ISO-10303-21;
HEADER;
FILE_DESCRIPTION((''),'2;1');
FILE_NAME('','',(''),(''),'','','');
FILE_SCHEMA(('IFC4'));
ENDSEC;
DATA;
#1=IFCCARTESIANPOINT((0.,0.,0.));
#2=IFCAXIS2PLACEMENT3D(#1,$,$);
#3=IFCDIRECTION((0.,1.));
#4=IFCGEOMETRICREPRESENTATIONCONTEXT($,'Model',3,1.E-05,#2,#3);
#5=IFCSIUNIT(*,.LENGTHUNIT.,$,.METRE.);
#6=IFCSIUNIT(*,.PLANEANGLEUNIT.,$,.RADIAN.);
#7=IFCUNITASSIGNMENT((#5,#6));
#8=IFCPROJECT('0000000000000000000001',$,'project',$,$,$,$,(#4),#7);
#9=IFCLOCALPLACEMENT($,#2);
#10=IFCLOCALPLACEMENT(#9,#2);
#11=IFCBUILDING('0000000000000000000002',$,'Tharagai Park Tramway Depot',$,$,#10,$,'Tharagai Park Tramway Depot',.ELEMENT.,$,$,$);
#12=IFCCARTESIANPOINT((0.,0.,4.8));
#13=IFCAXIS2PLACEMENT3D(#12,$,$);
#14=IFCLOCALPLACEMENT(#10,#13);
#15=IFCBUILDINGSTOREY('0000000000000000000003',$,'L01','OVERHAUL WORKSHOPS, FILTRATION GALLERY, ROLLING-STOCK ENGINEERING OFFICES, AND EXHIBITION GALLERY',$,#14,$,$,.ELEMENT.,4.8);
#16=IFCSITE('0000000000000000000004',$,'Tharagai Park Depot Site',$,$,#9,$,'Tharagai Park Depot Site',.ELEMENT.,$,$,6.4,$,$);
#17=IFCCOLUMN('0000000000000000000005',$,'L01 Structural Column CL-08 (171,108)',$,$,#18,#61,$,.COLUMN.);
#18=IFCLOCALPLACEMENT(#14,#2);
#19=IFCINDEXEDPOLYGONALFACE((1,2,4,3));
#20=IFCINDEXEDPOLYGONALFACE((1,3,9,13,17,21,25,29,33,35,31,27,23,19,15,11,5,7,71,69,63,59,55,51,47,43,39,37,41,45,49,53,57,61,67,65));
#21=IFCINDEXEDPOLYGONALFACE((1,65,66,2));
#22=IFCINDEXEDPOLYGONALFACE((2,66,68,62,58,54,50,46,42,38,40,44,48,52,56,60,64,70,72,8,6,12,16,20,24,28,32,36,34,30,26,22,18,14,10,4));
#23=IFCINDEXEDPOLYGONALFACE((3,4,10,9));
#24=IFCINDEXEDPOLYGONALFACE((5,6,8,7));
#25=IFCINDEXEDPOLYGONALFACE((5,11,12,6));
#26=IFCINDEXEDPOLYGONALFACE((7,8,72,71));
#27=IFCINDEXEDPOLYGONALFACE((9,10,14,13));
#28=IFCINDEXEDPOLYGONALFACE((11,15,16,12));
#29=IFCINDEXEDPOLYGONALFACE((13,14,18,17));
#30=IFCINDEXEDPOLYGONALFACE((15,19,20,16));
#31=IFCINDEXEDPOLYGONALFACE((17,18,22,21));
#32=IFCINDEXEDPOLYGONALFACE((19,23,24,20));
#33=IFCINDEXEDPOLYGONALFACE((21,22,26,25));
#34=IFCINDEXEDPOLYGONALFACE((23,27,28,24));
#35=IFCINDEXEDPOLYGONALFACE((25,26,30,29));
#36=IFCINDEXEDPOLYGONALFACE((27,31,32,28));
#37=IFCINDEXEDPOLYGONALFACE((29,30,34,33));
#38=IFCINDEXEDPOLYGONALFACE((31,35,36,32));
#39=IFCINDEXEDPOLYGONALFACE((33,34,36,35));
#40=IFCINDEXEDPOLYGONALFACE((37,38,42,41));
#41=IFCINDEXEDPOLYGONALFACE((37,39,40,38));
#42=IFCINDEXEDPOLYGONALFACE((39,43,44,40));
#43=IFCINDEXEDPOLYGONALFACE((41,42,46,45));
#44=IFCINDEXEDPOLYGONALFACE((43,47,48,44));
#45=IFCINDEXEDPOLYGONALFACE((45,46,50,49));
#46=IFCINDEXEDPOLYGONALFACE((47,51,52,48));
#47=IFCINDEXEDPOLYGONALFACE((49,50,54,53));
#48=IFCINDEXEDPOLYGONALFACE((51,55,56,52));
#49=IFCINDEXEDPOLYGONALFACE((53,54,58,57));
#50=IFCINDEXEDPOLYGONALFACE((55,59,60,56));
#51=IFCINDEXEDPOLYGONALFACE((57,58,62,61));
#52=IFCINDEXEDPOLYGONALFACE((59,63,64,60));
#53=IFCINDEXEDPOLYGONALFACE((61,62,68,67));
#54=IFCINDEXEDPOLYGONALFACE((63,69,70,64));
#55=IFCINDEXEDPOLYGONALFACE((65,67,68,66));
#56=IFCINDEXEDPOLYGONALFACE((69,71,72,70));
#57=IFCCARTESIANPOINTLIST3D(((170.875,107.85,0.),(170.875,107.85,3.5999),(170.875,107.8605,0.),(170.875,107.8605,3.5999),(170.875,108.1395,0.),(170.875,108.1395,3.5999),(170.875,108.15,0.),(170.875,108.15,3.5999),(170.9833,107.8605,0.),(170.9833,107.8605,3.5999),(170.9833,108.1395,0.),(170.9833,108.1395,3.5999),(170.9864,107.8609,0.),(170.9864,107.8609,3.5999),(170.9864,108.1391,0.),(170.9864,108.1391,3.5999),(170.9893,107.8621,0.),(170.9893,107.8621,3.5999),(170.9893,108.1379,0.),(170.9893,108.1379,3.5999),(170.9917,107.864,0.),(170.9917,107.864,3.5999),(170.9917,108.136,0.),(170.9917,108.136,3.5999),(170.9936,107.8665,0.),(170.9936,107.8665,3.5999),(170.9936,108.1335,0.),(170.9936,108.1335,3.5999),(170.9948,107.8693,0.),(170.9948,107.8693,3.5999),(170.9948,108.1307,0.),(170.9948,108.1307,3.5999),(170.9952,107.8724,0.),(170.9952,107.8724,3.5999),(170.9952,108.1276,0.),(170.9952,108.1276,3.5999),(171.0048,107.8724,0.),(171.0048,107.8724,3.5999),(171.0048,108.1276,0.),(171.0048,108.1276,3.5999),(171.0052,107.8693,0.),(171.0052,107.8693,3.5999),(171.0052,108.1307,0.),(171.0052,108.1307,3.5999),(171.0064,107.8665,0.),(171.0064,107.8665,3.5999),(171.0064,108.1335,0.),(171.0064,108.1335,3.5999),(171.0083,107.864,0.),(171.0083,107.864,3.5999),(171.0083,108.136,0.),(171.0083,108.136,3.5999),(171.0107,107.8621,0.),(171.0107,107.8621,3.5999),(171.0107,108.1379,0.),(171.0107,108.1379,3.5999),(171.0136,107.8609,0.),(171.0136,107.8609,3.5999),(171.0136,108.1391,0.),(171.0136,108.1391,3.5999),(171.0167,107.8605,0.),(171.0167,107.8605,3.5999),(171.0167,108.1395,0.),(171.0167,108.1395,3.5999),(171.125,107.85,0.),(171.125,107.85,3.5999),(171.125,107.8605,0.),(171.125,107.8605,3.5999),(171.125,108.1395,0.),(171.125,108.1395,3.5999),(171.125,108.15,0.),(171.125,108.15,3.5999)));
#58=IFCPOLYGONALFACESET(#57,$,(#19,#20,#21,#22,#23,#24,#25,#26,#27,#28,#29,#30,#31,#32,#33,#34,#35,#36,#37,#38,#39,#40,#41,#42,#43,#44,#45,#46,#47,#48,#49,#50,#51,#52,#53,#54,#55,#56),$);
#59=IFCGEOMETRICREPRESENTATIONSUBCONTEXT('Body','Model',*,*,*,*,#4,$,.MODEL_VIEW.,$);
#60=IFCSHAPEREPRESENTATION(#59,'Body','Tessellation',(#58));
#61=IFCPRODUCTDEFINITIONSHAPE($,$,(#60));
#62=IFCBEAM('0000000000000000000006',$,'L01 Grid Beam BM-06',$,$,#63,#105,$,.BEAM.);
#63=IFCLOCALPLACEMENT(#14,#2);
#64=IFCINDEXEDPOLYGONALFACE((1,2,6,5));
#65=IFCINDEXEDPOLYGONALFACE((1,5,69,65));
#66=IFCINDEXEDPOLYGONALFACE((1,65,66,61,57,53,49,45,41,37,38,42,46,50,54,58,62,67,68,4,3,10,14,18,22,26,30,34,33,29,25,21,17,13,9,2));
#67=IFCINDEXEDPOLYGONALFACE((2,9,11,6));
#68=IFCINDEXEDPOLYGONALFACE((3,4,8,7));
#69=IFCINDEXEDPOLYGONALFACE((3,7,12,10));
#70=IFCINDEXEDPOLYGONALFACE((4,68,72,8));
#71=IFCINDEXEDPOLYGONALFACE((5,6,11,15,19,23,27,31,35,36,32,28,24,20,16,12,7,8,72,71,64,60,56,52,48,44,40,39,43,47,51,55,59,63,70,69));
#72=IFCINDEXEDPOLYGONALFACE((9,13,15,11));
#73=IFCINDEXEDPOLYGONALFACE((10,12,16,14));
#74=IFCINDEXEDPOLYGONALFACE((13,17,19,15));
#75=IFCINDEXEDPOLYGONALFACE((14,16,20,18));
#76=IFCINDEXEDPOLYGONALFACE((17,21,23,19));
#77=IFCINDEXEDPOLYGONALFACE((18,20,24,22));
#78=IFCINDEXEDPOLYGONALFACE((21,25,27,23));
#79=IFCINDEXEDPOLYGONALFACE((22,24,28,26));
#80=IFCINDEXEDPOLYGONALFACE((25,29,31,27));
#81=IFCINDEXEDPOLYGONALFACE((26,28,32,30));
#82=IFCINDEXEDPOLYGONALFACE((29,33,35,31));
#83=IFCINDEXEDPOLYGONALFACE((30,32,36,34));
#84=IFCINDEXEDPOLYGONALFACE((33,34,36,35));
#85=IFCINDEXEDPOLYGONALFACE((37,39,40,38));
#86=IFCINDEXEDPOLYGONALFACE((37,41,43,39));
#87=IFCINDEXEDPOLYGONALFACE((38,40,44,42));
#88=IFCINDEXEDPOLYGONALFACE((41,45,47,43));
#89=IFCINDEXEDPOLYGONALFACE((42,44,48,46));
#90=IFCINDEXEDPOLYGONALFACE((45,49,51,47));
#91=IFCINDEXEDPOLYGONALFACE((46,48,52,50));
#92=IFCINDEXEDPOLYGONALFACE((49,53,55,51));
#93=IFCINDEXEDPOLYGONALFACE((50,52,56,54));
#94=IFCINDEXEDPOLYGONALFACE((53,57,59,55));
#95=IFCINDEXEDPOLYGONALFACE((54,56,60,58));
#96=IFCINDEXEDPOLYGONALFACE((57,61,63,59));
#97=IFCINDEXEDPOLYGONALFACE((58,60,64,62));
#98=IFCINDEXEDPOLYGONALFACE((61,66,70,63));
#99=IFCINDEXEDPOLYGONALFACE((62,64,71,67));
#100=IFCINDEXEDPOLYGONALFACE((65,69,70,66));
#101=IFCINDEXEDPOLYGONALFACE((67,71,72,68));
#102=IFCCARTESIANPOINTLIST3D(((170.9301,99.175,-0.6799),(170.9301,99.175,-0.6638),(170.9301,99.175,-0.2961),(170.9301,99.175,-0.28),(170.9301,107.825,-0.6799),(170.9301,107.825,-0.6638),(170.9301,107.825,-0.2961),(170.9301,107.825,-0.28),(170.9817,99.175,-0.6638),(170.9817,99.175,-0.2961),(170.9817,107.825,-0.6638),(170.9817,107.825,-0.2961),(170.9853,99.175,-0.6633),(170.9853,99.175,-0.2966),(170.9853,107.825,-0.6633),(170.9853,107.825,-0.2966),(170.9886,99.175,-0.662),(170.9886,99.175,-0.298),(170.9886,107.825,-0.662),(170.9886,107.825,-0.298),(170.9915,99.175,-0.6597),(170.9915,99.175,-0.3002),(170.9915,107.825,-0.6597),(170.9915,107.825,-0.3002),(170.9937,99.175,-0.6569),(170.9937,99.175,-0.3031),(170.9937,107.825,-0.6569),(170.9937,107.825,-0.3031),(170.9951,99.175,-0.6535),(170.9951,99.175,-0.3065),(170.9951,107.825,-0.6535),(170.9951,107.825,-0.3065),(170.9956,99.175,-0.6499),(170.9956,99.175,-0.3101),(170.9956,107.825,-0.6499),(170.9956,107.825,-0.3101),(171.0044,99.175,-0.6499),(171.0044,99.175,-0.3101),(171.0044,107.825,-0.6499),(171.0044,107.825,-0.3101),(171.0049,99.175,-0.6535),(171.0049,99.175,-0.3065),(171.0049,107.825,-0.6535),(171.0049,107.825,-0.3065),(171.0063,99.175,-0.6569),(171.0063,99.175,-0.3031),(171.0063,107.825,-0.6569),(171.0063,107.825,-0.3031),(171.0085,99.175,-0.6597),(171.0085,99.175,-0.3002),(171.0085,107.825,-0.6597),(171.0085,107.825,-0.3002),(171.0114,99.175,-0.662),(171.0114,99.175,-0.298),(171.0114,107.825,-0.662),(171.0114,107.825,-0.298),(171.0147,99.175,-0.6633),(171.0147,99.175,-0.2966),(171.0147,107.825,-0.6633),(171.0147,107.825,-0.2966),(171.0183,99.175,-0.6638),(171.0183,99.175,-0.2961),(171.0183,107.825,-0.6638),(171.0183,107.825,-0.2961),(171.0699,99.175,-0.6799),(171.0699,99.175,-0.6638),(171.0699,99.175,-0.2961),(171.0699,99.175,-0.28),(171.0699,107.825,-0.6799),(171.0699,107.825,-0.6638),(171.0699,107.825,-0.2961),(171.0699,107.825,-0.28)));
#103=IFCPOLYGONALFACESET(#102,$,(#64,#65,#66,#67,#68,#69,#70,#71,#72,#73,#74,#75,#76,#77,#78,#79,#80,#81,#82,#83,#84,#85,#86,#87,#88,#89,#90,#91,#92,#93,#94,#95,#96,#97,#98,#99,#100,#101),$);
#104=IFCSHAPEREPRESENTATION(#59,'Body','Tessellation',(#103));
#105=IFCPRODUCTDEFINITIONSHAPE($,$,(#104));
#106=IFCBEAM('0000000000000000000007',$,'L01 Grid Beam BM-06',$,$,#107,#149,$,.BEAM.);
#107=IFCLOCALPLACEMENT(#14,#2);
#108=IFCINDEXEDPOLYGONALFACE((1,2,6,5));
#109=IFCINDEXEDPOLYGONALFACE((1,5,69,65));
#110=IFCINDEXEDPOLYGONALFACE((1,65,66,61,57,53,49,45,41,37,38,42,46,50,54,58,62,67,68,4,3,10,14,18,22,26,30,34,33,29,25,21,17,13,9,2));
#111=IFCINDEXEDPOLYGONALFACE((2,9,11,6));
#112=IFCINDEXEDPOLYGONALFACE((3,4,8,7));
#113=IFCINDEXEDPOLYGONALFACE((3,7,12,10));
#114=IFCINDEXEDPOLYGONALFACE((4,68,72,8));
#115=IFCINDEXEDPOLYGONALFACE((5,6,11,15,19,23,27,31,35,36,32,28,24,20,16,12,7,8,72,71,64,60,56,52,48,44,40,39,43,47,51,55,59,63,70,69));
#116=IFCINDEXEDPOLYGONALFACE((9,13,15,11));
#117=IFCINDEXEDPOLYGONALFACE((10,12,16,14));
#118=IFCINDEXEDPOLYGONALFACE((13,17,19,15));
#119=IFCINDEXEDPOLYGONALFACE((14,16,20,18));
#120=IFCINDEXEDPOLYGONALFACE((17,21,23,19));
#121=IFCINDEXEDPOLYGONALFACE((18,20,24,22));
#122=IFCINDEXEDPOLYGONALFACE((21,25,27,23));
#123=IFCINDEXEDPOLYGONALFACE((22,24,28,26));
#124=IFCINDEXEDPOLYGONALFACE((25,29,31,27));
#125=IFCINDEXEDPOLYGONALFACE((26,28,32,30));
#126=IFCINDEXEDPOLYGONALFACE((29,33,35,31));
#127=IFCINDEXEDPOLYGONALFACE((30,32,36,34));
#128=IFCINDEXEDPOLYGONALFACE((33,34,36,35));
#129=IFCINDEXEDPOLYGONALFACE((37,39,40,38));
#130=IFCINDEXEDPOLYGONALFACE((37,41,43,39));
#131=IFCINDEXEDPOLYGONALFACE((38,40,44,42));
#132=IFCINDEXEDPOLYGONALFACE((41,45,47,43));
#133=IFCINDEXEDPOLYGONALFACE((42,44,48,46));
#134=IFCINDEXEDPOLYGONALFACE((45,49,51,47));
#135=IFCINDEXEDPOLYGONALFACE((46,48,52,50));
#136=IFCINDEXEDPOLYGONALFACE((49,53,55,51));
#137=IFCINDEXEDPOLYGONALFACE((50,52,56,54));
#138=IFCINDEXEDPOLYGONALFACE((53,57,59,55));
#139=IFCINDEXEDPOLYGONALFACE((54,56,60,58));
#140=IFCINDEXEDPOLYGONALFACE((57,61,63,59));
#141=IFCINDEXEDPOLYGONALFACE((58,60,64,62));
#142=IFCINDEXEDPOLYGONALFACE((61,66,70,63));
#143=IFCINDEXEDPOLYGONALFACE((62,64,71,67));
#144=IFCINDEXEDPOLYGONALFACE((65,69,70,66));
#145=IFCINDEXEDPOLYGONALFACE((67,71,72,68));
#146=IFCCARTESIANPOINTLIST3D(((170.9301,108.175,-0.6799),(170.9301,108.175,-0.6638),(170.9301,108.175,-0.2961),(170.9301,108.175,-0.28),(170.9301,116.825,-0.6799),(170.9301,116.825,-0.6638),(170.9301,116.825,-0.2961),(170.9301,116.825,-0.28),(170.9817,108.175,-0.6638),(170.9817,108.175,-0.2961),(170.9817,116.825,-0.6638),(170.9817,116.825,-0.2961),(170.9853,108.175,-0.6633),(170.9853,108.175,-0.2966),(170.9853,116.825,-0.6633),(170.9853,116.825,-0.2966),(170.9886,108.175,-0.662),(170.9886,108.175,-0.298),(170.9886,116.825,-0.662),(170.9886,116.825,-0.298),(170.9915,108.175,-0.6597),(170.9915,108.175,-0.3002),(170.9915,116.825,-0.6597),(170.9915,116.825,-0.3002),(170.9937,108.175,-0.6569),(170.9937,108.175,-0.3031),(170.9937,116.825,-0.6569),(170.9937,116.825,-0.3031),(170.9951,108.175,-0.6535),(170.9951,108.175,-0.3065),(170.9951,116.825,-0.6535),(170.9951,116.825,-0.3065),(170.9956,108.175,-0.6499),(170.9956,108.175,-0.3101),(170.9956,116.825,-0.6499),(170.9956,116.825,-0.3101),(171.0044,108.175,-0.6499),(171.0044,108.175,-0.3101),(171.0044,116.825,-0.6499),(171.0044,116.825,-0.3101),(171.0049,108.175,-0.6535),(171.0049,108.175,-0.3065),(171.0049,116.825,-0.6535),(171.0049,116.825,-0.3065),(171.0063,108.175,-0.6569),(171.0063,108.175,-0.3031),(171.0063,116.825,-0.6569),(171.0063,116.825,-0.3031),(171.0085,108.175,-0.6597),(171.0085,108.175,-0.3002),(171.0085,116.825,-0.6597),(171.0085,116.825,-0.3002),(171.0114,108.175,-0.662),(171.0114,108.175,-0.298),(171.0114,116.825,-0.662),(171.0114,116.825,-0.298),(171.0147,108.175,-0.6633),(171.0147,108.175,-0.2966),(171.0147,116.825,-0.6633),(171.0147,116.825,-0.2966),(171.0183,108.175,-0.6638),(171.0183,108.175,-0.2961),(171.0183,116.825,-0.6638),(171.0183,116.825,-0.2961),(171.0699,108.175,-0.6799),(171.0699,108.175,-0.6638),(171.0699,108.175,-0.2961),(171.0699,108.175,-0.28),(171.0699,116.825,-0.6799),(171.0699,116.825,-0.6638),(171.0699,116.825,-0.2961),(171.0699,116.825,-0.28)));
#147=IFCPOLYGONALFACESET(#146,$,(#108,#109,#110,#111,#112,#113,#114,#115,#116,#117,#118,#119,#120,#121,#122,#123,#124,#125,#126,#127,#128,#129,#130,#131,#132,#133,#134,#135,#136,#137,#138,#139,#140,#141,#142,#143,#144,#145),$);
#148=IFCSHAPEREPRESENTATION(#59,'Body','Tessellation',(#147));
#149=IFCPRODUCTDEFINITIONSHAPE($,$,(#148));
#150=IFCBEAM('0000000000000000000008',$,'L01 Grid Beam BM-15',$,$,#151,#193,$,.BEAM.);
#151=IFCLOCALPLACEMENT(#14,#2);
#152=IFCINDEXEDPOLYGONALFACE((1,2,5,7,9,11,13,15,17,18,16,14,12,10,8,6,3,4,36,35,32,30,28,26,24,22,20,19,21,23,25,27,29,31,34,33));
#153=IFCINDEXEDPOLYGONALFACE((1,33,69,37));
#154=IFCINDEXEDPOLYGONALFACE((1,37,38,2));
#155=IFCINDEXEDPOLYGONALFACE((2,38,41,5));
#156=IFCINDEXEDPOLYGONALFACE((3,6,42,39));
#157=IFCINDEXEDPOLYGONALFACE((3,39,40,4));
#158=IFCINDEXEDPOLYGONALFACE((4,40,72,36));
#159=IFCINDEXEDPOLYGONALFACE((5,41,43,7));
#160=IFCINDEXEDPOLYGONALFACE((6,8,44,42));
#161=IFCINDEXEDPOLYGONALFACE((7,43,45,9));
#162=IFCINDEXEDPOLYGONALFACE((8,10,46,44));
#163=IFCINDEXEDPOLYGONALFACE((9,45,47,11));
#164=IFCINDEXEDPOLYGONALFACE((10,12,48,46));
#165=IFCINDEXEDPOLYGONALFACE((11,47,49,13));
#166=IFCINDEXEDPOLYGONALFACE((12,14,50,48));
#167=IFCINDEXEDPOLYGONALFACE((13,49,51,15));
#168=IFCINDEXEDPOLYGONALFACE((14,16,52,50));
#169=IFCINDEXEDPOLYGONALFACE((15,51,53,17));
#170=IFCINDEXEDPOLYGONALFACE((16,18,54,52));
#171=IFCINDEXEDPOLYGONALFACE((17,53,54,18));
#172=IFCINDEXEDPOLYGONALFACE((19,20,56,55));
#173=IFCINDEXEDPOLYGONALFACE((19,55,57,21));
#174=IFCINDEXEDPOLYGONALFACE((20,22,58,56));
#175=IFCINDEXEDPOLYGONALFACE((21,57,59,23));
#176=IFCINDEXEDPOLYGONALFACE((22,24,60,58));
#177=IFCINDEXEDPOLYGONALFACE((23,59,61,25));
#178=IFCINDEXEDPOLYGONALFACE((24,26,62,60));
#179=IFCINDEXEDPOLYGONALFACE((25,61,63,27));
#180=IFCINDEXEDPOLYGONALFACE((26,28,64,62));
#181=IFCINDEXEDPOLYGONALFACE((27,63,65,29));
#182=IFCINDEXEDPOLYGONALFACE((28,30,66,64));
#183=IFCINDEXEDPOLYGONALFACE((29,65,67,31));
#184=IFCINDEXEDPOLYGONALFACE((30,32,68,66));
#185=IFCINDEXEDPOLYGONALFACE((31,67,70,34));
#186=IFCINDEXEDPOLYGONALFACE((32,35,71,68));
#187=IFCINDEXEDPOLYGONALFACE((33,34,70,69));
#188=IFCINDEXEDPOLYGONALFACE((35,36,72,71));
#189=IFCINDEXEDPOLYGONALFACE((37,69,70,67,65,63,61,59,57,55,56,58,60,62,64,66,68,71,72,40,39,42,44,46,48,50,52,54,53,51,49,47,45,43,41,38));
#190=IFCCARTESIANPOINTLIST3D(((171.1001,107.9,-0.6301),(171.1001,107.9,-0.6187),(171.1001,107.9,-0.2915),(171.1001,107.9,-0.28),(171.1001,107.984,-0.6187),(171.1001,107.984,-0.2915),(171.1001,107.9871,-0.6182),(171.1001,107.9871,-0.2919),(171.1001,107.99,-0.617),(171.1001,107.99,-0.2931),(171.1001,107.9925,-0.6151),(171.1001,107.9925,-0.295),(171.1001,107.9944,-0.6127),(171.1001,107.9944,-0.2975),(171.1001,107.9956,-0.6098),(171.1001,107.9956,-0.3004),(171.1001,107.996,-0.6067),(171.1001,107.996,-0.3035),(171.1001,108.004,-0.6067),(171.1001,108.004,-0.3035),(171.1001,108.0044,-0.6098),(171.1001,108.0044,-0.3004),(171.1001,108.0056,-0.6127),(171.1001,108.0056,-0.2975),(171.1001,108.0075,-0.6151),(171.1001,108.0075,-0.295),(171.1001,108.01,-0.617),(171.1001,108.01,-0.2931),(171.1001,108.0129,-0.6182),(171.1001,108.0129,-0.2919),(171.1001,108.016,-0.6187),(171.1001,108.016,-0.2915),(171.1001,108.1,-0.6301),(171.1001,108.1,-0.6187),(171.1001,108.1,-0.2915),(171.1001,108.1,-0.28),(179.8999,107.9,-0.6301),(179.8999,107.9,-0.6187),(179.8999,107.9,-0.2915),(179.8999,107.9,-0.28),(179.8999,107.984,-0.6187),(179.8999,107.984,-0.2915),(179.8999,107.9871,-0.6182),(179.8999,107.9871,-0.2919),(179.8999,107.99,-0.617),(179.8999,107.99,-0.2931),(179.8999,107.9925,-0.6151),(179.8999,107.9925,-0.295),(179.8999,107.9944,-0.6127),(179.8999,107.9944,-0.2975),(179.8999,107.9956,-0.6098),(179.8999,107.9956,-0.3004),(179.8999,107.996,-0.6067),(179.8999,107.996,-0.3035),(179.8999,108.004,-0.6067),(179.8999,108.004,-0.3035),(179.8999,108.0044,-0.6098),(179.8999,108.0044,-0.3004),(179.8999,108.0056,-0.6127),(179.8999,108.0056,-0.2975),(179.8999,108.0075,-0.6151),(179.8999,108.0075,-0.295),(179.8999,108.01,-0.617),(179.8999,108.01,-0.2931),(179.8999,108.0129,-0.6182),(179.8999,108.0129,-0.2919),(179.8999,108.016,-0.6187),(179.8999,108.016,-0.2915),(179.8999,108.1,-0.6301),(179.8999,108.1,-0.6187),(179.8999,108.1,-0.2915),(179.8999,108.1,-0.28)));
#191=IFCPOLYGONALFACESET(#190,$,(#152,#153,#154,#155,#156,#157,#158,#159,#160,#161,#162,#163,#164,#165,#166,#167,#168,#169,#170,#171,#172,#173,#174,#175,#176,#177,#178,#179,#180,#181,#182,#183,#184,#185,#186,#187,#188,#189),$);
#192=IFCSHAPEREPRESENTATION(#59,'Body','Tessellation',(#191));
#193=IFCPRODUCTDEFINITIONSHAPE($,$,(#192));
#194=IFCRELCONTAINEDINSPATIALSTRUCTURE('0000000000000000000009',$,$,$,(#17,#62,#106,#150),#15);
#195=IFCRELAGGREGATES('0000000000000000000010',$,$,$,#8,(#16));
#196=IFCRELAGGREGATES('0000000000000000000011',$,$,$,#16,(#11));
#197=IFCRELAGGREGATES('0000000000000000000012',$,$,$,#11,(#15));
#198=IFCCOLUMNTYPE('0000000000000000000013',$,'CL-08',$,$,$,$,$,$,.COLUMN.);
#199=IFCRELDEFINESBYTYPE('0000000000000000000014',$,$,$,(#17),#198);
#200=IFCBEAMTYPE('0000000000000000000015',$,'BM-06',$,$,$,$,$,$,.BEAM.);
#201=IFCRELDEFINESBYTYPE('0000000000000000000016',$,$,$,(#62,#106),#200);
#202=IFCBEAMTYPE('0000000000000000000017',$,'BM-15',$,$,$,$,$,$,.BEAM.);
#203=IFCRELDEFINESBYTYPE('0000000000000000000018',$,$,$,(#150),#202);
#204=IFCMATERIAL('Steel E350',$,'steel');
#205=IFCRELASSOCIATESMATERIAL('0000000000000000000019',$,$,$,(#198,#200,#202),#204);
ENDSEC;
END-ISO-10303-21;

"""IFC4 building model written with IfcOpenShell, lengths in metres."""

from ifc_helpers import new_model, si_unit, direction, frame, origin, origin_2d, place, context, subcontext, project, spatial, i_section, extrude, material, material_profile, profile_set, type_object, element, save


model = new_model("IFC4")

# Units and contexts
model_context = context("Model", 3, precision=1e-05, world=origin(), true_north=direction((0.0, 1.0)))
body_context = subcontext(model_context, "Body", "Model", "MODEL_VIEW")
ifc_project = project(units=[si_unit("LENGTHUNIT", "METRE"), si_unit("PLANEANGLEUNIT", "RADIAN")], contexts=[model_context])

# Site, building, storey
site_placement = place(None, origin())
site = spatial("IfcSite", under=ifc_project, at=site_placement, Name="Tharagai Park Depot Site", LongName="Tharagai Park Depot Site", CompositionType="ELEMENT", RefElevation=6.4)
building_placement = place(site_placement, origin())
building = spatial("IfcBuilding", under=site, at=building_placement, Name="Tharagai Park Tramway Depot", LongName="Tharagai Park Tramway Depot", CompositionType="ELEMENT")
storey_placement = place(building_placement, frame((0.0, 0.0, 4.8)))
storey = spatial("IfcBuildingStorey", under=building, at=storey_placement, Name="L01", Description="OVERHAUL WORKSHOPS, FILTRATION GALLERY, ROLLING-STOCK ENGINEERING OFFICES, AND EXHIBITION GALLERY", CompositionType="ELEMENT", Elevation=4.8)

# Column
ifc_material_1 = material(Name="Steel E350", Category="steel")
ifc_material_profile_1 = material_profile(ifc_material_1, i_section(OverallWidth=0.25, OverallDepth=0.3, WebThickness=0.0095, FlangeThickness=0.0105, FilletRadius=0.012, at=origin_2d()), Name="ISHB 300")
ifc_profile_set_1 = profile_set([ifc_material_profile_1], Name="Steel E350")
column_type = type_object("IfcColumnType", Name="CL-08", PredefinedType="COLUMN", material=ifc_profile_set_1)
column_placement = place(storey_placement, frame((171.0, 108.0, 0.0), z_axis=(0.0, 0.0, 1.0), x_axis=(1.0, 0.0, 0.0)))
element("IfcColumn", 1, at=column_placement, inside=storey, type_object=column_type, Name="L01 Structural Column CL-08 (171,108)", PredefinedType="COLUMN", context=body_context, shape_type="SweptSolid", body=[
    extrude(i_section(OverallWidth=0.25, OverallDepth=0.3, WebThickness=0.0095, FlangeThickness=0.0105, FilletRadius=0.012, at=origin_2d()), origin(), (0.0, 0.0, 1.0), 3.5999),
])

# Beams
ifc_material_profile_2 = material_profile(ifc_material_1, i_section(OverallWidth=0.1399, OverallDepth=0.3999, WebThickness=0.0088, FlangeThickness=0.0161, FilletRadius=0.0139, at=origin_2d()), Name="ISMB 400")
ifc_profile_set_2 = profile_set([ifc_material_profile_2], Name="Steel E350")
beam_type_1 = type_object("IfcBeamType", Name="BM-06", PredefinedType="BEAM", material=ifc_profile_set_2)
for number, where, z_axis, x_axis, name in (
    (2, (171.0, 99.175, -0.48), (0.0, 1.0, 0.0), (-1.0, 0.0, 0.0), "L01 Grid Beam BM-06"),
    (3, (171.0, 108.175, -0.48), (0.0, 1.0, 0.0), (-1.0, 0.0, 0.0), "L01 Grid Beam BM-06"),
):
    element("IfcBeam", number, at=place(storey_placement, frame(where, z_axis=z_axis, x_axis=x_axis)), inside=storey, type_object=beam_type_1, Name=name, PredefinedType="BEAM", context=body_context, shape_type="SweptSolid", body=[
        extrude(i_section(OverallWidth=0.1399, OverallDepth=0.3999, WebThickness=0.0088, FlangeThickness=0.0161, FilletRadius=0.0139, at=origin_2d()), origin(), (0.0, 0.0, 1.0), 8.6499),
    ])
ifc_material_profile_3 = material_profile(ifc_material_1, i_section(OverallWidth=0.2, OverallDepth=0.3501, WebThickness=0.0081, FlangeThickness=0.0115, FilletRadius=0.012, at=origin_2d()), Name="ISWB 350")
ifc_profile_set_3 = profile_set([ifc_material_profile_3], Name="Steel E350")
beam_type_2 = type_object("IfcBeamType", Name="BM-15", PredefinedType="BEAM", material=ifc_profile_set_3)
beam_1_placement = place(storey_placement, frame((171.1001, 108.0, -0.4551), z_axis=(1.0, 0.0, 0.0), x_axis=(0.0, 1.0, 0.0)))
element("IfcBeam", 4, at=beam_1_placement, inside=storey, type_object=beam_type_2, Name="L01 Grid Beam BM-15", PredefinedType="BEAM", context=body_context, shape_type="SweptSolid", body=[
    extrude(i_section(OverallWidth=0.2, OverallDepth=0.3501, WebThickness=0.0081, FlangeThickness=0.0115, FilletRadius=0.012, at=origin_2d()), origin(), (0.0, 0.0, 1.0), 8.7998),
])

save(model, "model.ifc")
